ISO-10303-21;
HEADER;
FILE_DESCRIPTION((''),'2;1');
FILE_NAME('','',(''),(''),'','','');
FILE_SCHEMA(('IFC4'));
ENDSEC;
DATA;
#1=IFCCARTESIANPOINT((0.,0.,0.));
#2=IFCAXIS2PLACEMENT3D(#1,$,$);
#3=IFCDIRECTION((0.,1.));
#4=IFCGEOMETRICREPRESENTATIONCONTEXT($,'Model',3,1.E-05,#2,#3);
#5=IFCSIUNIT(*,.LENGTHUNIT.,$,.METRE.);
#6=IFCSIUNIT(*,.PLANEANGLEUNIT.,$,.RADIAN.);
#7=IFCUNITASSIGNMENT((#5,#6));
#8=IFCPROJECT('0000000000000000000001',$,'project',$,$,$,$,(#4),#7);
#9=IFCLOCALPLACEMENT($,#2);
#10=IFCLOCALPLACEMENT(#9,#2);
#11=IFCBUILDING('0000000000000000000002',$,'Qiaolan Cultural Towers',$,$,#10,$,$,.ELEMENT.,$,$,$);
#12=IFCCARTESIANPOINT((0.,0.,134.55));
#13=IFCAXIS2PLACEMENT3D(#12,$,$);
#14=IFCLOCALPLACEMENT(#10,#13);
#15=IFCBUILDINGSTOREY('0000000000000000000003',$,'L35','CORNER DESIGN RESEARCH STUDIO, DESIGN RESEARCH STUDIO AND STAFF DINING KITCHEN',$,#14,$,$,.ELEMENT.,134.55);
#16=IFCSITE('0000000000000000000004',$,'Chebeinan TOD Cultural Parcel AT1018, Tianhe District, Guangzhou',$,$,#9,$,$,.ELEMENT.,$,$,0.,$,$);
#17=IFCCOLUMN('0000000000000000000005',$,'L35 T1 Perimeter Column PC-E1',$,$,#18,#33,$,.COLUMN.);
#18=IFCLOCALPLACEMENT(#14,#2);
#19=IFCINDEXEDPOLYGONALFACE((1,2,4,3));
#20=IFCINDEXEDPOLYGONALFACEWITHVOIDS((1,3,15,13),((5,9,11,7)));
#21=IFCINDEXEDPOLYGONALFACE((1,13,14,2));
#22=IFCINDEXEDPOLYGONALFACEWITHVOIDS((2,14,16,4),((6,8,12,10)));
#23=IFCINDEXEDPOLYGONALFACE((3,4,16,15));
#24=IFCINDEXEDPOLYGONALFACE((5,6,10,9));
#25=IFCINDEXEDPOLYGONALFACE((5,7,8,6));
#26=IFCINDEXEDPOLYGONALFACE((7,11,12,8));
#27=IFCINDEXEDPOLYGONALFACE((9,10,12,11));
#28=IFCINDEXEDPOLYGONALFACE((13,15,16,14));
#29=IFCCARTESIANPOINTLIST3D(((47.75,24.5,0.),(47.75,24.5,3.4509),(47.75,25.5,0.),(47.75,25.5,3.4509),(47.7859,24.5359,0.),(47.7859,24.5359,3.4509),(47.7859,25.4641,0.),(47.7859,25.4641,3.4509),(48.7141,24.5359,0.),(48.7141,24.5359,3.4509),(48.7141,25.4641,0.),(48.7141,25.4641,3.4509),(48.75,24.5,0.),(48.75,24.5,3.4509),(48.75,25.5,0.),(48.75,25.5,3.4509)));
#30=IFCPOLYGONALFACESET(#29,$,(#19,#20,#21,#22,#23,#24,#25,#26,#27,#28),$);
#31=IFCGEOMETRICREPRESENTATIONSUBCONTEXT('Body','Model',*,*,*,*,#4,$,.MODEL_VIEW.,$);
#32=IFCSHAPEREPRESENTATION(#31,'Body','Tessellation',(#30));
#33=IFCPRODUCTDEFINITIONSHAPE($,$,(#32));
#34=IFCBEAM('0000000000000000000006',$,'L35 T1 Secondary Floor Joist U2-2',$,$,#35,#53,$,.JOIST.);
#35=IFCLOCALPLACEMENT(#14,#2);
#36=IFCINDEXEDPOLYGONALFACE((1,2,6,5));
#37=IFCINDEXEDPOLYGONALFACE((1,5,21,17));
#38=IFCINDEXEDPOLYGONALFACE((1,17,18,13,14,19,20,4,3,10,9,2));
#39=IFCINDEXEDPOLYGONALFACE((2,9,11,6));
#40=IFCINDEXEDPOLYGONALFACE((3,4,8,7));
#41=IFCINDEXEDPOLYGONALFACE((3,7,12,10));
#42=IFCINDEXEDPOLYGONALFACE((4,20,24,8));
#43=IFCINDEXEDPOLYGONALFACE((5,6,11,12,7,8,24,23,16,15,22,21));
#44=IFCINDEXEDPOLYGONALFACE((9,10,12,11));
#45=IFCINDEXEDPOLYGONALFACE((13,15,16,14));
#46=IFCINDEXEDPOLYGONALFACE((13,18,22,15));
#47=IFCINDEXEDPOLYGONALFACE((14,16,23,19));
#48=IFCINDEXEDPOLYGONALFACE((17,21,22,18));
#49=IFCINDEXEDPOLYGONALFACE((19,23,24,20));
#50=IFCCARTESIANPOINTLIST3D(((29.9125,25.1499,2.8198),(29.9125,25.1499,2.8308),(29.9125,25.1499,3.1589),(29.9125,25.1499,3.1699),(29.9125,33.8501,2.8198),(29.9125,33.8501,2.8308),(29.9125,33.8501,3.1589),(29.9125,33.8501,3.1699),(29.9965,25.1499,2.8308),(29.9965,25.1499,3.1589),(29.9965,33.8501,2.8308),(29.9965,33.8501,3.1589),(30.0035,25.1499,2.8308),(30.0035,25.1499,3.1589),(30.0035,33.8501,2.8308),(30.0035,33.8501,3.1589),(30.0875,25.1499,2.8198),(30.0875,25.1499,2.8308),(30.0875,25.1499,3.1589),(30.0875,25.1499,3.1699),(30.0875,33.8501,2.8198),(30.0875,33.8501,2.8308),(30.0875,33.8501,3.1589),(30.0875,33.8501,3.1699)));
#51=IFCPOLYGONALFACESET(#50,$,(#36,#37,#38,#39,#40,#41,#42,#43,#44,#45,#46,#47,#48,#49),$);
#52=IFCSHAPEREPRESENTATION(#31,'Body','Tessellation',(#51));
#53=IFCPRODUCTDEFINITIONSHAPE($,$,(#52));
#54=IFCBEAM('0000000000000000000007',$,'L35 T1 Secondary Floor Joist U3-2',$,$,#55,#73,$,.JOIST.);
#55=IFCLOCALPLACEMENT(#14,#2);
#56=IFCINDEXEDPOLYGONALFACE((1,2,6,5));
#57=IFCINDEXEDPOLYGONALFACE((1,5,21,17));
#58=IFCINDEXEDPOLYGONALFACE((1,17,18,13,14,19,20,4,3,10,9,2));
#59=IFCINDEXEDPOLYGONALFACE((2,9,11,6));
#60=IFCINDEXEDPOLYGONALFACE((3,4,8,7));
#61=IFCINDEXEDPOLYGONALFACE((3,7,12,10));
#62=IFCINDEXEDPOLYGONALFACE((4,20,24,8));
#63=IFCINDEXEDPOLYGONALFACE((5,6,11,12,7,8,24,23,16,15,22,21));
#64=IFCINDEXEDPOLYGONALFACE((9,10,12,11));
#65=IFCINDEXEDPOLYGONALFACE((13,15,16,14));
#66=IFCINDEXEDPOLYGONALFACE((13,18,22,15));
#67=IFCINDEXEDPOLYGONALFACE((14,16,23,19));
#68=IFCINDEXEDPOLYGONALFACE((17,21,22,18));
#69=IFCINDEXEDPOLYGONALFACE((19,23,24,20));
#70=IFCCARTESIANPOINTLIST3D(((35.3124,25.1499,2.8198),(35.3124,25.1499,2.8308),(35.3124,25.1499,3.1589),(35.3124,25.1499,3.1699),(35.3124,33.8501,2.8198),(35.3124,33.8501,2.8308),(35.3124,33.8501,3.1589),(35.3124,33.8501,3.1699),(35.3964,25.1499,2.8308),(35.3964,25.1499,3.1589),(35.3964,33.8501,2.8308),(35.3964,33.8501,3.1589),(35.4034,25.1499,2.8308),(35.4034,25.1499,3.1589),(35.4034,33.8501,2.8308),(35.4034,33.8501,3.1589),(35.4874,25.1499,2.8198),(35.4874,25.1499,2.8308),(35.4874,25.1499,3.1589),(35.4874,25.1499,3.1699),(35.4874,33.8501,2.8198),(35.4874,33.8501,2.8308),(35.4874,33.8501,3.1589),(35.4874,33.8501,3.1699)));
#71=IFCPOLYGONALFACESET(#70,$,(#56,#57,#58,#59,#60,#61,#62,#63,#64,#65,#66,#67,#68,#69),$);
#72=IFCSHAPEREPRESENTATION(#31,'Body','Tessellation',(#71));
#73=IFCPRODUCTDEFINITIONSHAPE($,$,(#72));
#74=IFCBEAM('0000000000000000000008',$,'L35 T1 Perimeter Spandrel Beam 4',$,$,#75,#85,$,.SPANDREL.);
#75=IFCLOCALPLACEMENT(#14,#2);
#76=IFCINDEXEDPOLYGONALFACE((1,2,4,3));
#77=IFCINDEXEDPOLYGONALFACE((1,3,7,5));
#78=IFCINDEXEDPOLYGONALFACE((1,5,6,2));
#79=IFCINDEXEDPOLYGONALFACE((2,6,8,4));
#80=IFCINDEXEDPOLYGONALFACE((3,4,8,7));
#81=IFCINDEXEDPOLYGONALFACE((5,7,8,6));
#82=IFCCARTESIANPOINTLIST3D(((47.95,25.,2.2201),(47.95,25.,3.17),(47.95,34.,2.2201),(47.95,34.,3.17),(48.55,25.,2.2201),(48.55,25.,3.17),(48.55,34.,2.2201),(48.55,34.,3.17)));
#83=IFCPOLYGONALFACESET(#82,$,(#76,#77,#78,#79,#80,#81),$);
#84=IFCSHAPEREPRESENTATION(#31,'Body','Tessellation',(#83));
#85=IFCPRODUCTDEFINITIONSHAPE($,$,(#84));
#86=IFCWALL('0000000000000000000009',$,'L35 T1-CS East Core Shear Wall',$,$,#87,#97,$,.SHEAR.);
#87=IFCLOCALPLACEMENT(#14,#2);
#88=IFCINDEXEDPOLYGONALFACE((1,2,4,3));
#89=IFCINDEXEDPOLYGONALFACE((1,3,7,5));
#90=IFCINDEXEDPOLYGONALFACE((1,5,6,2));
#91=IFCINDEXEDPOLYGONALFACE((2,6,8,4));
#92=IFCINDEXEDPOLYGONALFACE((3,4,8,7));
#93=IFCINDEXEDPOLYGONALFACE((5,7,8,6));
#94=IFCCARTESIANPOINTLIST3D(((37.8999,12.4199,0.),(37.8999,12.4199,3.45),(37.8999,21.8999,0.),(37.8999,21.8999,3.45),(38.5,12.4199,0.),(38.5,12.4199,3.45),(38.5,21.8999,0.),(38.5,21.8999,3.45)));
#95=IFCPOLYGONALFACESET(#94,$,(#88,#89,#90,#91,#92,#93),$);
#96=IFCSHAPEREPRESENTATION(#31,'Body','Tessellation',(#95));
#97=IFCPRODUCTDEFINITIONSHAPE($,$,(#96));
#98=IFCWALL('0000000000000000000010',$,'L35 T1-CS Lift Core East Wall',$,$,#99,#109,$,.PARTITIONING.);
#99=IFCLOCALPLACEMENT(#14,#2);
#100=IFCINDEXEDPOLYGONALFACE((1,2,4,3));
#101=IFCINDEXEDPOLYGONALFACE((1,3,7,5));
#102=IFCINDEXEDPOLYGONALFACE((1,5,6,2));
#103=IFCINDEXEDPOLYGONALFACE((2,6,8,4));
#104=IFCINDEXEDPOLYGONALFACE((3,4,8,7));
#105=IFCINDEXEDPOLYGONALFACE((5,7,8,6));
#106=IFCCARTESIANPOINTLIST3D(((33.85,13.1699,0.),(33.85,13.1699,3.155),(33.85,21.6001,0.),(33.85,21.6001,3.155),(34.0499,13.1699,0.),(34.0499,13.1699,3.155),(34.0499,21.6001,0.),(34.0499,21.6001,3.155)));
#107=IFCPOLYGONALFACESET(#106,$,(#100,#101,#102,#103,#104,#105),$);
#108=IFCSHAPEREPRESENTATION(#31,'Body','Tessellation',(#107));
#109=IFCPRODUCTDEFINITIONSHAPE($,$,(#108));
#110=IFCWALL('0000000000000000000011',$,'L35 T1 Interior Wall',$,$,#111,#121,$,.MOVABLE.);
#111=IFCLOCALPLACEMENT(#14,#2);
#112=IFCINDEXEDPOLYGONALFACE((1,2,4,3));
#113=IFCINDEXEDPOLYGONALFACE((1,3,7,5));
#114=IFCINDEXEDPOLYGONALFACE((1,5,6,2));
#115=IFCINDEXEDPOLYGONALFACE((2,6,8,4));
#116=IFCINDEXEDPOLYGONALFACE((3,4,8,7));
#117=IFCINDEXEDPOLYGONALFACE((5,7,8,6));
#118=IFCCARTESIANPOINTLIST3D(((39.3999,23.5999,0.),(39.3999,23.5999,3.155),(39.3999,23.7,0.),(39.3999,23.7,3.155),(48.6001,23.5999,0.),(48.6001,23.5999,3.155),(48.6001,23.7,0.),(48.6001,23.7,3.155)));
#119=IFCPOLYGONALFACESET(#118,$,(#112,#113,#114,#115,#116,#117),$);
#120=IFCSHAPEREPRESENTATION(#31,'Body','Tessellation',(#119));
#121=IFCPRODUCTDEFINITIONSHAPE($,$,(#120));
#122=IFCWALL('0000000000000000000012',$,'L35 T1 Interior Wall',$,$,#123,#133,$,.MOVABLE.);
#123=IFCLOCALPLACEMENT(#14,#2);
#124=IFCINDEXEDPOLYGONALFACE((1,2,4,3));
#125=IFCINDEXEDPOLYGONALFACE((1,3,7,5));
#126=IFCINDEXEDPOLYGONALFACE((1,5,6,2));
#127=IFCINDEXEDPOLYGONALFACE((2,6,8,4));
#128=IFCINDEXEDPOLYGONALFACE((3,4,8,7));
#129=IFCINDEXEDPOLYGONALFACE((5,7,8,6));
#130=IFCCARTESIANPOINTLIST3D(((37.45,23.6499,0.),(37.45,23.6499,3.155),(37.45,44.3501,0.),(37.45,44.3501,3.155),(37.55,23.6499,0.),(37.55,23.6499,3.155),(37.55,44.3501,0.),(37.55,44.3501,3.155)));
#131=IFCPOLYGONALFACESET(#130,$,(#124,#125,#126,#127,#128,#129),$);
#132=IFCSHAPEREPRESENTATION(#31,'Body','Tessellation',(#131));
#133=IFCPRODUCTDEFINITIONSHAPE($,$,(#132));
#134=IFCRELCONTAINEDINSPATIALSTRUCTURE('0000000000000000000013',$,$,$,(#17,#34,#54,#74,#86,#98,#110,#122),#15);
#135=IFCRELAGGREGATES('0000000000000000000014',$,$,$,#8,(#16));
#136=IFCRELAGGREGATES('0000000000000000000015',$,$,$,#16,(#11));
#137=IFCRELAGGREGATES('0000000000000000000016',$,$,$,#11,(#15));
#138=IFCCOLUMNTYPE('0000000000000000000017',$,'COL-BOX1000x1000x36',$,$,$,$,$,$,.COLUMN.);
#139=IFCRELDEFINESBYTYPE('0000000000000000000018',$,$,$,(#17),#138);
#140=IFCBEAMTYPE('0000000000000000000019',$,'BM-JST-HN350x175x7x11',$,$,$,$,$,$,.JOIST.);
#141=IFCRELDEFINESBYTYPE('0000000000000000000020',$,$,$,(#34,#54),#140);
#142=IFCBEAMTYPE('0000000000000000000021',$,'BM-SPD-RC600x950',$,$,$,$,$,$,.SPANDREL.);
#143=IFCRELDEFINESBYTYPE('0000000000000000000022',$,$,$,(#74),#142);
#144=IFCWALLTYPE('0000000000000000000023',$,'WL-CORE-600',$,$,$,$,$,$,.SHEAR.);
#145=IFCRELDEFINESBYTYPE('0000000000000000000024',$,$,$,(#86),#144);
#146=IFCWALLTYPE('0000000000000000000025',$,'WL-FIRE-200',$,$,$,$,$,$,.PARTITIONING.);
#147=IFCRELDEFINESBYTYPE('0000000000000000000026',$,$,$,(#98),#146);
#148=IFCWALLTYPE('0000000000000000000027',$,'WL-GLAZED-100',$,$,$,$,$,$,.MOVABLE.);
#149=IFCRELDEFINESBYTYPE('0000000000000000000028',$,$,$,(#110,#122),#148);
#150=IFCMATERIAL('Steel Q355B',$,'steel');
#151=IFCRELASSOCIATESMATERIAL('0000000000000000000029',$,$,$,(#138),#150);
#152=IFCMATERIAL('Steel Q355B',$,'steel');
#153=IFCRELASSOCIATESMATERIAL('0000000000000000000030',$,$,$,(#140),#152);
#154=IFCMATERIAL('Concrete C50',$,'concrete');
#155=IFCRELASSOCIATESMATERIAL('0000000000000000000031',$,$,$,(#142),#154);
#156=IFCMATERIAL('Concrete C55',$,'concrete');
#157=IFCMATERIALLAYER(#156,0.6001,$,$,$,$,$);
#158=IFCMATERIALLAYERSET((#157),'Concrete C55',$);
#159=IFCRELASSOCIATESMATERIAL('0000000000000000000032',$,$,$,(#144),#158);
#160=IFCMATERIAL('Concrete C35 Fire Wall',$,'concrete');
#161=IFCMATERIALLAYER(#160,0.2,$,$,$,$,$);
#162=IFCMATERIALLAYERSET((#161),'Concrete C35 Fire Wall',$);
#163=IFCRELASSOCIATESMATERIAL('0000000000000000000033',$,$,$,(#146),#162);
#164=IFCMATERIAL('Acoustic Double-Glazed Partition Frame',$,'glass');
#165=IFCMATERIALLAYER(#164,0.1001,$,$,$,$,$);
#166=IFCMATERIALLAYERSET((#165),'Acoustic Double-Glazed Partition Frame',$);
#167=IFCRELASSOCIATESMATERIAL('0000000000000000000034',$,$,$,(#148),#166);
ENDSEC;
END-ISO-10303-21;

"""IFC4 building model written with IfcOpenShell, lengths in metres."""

from ifc_helpers import new_model, si_unit, direction, frame, frame_2d, origin, origin_2d, place, context, subcontext, project, spatial, rectangle, hollow_rectangle, i_section, extrude, material, layer, layer_set, material_profile, profile_set, type_object, element, save


model = new_model("IFC4")

# Units and contexts
model_context = context("Model", 3, precision=1e-05, world=origin(), true_north=direction((0.0, 1.0)))
body_context = subcontext(model_context, "Body", "Model", "MODEL_VIEW")
ifc_project = project(units=[si_unit("LENGTHUNIT", "METRE"), si_unit("PLANEANGLEUNIT", "RADIAN")], contexts=[model_context])

# Site, building, storey
site_placement = place(None, origin())
site = spatial("IfcSite", under=ifc_project, at=site_placement, Name="Chebeinan TOD Cultural Parcel AT1018, Tianhe District, Guangzhou", CompositionType="ELEMENT", RefElevation=0.0)
building_placement = place(site_placement, origin())
building = spatial("IfcBuilding", under=site, at=building_placement, Name="Qiaolan Cultural Towers", CompositionType="ELEMENT")
storey_placement = place(building_placement, frame((0.0, 0.0, 134.55)))
storey = spatial("IfcBuildingStorey", under=building, at=storey_placement, Name="L35", Description="CORNER DESIGN RESEARCH STUDIO, DESIGN RESEARCH STUDIO AND STAFF DINING KITCHEN", CompositionType="ELEMENT", Elevation=134.55)

# Column
ifc_material_1 = material(Name="Steel Q355B", Category="steel")
ifc_material_profile_1 = material_profile(ifc_material_1, hollow_rectangle(XDim=1.0, YDim=1.0, WallThickness=0.0359, at=origin_2d()), Name="BOX1000x1000x36")
ifc_profile_set_1 = profile_set([ifc_material_profile_1], Name="Steel Q355B")
column_type = type_object("IfcColumnType", Name="COL-BOX1000x1000x36", PredefinedType="COLUMN", material=ifc_profile_set_1)
column_placement = place(storey_placement, frame((48.25, 25.0, 0.0), z_axis=(0.0, 0.0, 1.0), x_axis=(1.0, 0.0, 0.0)))
element("IfcColumn", 1, at=column_placement, inside=storey, type_object=column_type, Name="L35 T1 Perimeter Column PC-E1", PredefinedType="COLUMN", context=body_context, shape_type="SweptSolid", body=[
    extrude(hollow_rectangle(XDim=1.0, YDim=1.0, WallThickness=0.0359, at=origin_2d()), origin(), (0.0, 0.0, 1.0), 3.4509),
])

# Beams
ifc_material_2 = material(Name="Steel Q355B", Category="steel")
ifc_material_profile_2 = material_profile(ifc_material_2, i_section(OverallWidth=0.175, OverallDepth=0.3501, WebThickness=0.0071, FlangeThickness=0.011, at=origin_2d()), Name="HN350x175x7x11")
ifc_profile_set_2 = profile_set([ifc_material_profile_2], Name="Steel Q355B")
beam_type_1 = type_object("IfcBeamType", Name="BM-JST-HN350x175x7x11", PredefinedType="JOIST", material=ifc_profile_set_2)
for number, where, z_axis, x_axis, name in (
    (2, (30.0, 25.1499, 2.9949), (0.0, 1.0, 0.0), (-1.0, 0.0, 0.0), "L35 T1 Secondary Floor Joist U2-2"),
    (3, (35.3999, 25.1499, 2.9949), (0.0, 1.0, 0.0), (-1.0, 0.0, 0.0), "L35 T1 Secondary Floor Joist U3-2"),
):
    element("IfcBeam", number, at=place(storey_placement, frame(where, z_axis=z_axis, x_axis=x_axis)), inside=storey, type_object=beam_type_1, Name=name, PredefinedType="JOIST", context=body_context, shape_type="SweptSolid", body=[
        extrude(i_section(OverallWidth=0.175, OverallDepth=0.3501, WebThickness=0.0071, FlangeThickness=0.011, at=origin_2d()), origin(), (0.0, 0.0, 1.0), 8.7002),
    ])
ifc_material_3 = material(Name="Concrete C50", Category="concrete")
ifc_material_profile_3 = material_profile(ifc_material_3, rectangle(XDim=0.6001, YDim=0.95, at=origin_2d()), Name="RC600x950")
ifc_profile_set_3 = profile_set([ifc_material_profile_3], Name="Concrete C50")
beam_type_2 = type_object("IfcBeamType", Name="BM-SPD-RC600x950", PredefinedType="SPANDREL", material=ifc_profile_set_3)
beam_placement = place(storey_placement, frame((48.25, 25.0, 2.6951), z_axis=(0.0, 1.0, 0.0), x_axis=(-1.0, 0.0, 0.0)))
element("IfcBeam", 4, at=beam_placement, inside=storey, type_object=beam_type_2, Name="L35 T1 Perimeter Spandrel Beam 4", PredefinedType="SPANDREL", context=body_context, shape_type="SweptSolid", body=[
    extrude(rectangle(XDim=0.6001, YDim=0.95, at=origin_2d()), origin(), (0.0, 0.0, 1.0), 9.0),
])

# Walls
ifc_material_4 = material(Name="Concrete C55", Category="concrete")
ifc_layer_1 = layer(ifc_material_4, 0.6001)
ifc_layer_set_1 = layer_set([ifc_layer_1], Name="Concrete C55")
wall_type_1 = type_object("IfcWallType", Name="WL-CORE-600", PredefinedType="SHEAR", material=ifc_layer_set_1)
wall_1_placement = place(storey_placement, frame((38.2, 21.8999, 0.0), z_axis=(0.0, 0.0, 1.0), x_axis=(0.0, -1.0, 0.0)))
element("IfcWall", 5, at=wall_1_placement, inside=storey, type_object=wall_type_1, Name="L35 T1-CS East Core Shear Wall", PredefinedType="SHEAR", context=body_context, shape_type="SweptSolid", body=[
    extrude(rectangle(XDim=9.48, YDim=0.6001, at=frame_2d((4.74, 0.0))), origin(), (0.0, 0.0, 1.0), 3.45),
])
ifc_material_5 = material(Name="Concrete C35 Fire Wall", Category="concrete")
ifc_layer_2 = layer(ifc_material_5, 0.2)
ifc_layer_set_2 = layer_set([ifc_layer_2], Name="Concrete C35 Fire Wall")
wall_type_2 = type_object("IfcWallType", Name="WL-FIRE-200", PredefinedType="PARTITIONING", material=ifc_layer_set_2)
wall_2_placement = place(storey_placement, frame((33.95, 21.6001, 0.0), z_axis=(0.0, 0.0, 1.0), x_axis=(0.0, -1.0, 0.0)))
element("IfcWall", 6, at=wall_2_placement, inside=storey, type_object=wall_type_2, Name="L35 T1-CS Lift Core East Wall", PredefinedType="PARTITIONING", context=body_context, shape_type="SweptSolid", body=[
    extrude(rectangle(XDim=8.4302, YDim=0.2, at=frame_2d((4.2151, 0.0))), origin(), (0.0, 0.0, 1.0), 3.155),
])
ifc_material_6 = material(Name="Acoustic Double-Glazed Partition Frame", Category="glass")
ifc_layer_3 = layer(ifc_material_6, 0.1001)
ifc_layer_set_3 = layer_set([ifc_layer_3], Name="Acoustic Double-Glazed Partition Frame")
wall_type_3 = type_object("IfcWallType", Name="WL-GLAZED-100", PredefinedType="MOVABLE", material=ifc_layer_set_3)
wall_3_placement = place(storey_placement, frame((39.3999, 23.6499, 0.0), z_axis=(0.0, 0.0, 1.0), x_axis=(1.0, 0.0, 0.0)))
element("IfcWall", 7, at=wall_3_placement, inside=storey, type_object=wall_type_3, Name="L35 T1 Interior Wall", PredefinedType="MOVABLE", context=body_context, shape_type="SweptSolid", body=[
    extrude(rectangle(XDim=9.2002, YDim=0.1001, at=frame_2d((4.6001, 0.0))), origin(), (0.0, 0.0, 1.0), 3.155),
])
wall_4_placement = place(storey_placement, frame((37.5, 23.6499, 0.0), z_axis=(0.0, 0.0, 1.0), x_axis=(0.0, 1.0, 0.0)))
element("IfcWall", 8, at=wall_4_placement, inside=storey, type_object=wall_type_3, Name="L35 T1 Interior Wall", PredefinedType="MOVABLE", context=body_context, shape_type="SweptSolid", body=[
    extrude(rectangle(XDim=20.7002, YDim=0.1001, at=frame_2d((10.3501, 0.0))), origin(), (0.0, 0.0, 1.0), 3.155),
])

save(model, "model.ifc")
